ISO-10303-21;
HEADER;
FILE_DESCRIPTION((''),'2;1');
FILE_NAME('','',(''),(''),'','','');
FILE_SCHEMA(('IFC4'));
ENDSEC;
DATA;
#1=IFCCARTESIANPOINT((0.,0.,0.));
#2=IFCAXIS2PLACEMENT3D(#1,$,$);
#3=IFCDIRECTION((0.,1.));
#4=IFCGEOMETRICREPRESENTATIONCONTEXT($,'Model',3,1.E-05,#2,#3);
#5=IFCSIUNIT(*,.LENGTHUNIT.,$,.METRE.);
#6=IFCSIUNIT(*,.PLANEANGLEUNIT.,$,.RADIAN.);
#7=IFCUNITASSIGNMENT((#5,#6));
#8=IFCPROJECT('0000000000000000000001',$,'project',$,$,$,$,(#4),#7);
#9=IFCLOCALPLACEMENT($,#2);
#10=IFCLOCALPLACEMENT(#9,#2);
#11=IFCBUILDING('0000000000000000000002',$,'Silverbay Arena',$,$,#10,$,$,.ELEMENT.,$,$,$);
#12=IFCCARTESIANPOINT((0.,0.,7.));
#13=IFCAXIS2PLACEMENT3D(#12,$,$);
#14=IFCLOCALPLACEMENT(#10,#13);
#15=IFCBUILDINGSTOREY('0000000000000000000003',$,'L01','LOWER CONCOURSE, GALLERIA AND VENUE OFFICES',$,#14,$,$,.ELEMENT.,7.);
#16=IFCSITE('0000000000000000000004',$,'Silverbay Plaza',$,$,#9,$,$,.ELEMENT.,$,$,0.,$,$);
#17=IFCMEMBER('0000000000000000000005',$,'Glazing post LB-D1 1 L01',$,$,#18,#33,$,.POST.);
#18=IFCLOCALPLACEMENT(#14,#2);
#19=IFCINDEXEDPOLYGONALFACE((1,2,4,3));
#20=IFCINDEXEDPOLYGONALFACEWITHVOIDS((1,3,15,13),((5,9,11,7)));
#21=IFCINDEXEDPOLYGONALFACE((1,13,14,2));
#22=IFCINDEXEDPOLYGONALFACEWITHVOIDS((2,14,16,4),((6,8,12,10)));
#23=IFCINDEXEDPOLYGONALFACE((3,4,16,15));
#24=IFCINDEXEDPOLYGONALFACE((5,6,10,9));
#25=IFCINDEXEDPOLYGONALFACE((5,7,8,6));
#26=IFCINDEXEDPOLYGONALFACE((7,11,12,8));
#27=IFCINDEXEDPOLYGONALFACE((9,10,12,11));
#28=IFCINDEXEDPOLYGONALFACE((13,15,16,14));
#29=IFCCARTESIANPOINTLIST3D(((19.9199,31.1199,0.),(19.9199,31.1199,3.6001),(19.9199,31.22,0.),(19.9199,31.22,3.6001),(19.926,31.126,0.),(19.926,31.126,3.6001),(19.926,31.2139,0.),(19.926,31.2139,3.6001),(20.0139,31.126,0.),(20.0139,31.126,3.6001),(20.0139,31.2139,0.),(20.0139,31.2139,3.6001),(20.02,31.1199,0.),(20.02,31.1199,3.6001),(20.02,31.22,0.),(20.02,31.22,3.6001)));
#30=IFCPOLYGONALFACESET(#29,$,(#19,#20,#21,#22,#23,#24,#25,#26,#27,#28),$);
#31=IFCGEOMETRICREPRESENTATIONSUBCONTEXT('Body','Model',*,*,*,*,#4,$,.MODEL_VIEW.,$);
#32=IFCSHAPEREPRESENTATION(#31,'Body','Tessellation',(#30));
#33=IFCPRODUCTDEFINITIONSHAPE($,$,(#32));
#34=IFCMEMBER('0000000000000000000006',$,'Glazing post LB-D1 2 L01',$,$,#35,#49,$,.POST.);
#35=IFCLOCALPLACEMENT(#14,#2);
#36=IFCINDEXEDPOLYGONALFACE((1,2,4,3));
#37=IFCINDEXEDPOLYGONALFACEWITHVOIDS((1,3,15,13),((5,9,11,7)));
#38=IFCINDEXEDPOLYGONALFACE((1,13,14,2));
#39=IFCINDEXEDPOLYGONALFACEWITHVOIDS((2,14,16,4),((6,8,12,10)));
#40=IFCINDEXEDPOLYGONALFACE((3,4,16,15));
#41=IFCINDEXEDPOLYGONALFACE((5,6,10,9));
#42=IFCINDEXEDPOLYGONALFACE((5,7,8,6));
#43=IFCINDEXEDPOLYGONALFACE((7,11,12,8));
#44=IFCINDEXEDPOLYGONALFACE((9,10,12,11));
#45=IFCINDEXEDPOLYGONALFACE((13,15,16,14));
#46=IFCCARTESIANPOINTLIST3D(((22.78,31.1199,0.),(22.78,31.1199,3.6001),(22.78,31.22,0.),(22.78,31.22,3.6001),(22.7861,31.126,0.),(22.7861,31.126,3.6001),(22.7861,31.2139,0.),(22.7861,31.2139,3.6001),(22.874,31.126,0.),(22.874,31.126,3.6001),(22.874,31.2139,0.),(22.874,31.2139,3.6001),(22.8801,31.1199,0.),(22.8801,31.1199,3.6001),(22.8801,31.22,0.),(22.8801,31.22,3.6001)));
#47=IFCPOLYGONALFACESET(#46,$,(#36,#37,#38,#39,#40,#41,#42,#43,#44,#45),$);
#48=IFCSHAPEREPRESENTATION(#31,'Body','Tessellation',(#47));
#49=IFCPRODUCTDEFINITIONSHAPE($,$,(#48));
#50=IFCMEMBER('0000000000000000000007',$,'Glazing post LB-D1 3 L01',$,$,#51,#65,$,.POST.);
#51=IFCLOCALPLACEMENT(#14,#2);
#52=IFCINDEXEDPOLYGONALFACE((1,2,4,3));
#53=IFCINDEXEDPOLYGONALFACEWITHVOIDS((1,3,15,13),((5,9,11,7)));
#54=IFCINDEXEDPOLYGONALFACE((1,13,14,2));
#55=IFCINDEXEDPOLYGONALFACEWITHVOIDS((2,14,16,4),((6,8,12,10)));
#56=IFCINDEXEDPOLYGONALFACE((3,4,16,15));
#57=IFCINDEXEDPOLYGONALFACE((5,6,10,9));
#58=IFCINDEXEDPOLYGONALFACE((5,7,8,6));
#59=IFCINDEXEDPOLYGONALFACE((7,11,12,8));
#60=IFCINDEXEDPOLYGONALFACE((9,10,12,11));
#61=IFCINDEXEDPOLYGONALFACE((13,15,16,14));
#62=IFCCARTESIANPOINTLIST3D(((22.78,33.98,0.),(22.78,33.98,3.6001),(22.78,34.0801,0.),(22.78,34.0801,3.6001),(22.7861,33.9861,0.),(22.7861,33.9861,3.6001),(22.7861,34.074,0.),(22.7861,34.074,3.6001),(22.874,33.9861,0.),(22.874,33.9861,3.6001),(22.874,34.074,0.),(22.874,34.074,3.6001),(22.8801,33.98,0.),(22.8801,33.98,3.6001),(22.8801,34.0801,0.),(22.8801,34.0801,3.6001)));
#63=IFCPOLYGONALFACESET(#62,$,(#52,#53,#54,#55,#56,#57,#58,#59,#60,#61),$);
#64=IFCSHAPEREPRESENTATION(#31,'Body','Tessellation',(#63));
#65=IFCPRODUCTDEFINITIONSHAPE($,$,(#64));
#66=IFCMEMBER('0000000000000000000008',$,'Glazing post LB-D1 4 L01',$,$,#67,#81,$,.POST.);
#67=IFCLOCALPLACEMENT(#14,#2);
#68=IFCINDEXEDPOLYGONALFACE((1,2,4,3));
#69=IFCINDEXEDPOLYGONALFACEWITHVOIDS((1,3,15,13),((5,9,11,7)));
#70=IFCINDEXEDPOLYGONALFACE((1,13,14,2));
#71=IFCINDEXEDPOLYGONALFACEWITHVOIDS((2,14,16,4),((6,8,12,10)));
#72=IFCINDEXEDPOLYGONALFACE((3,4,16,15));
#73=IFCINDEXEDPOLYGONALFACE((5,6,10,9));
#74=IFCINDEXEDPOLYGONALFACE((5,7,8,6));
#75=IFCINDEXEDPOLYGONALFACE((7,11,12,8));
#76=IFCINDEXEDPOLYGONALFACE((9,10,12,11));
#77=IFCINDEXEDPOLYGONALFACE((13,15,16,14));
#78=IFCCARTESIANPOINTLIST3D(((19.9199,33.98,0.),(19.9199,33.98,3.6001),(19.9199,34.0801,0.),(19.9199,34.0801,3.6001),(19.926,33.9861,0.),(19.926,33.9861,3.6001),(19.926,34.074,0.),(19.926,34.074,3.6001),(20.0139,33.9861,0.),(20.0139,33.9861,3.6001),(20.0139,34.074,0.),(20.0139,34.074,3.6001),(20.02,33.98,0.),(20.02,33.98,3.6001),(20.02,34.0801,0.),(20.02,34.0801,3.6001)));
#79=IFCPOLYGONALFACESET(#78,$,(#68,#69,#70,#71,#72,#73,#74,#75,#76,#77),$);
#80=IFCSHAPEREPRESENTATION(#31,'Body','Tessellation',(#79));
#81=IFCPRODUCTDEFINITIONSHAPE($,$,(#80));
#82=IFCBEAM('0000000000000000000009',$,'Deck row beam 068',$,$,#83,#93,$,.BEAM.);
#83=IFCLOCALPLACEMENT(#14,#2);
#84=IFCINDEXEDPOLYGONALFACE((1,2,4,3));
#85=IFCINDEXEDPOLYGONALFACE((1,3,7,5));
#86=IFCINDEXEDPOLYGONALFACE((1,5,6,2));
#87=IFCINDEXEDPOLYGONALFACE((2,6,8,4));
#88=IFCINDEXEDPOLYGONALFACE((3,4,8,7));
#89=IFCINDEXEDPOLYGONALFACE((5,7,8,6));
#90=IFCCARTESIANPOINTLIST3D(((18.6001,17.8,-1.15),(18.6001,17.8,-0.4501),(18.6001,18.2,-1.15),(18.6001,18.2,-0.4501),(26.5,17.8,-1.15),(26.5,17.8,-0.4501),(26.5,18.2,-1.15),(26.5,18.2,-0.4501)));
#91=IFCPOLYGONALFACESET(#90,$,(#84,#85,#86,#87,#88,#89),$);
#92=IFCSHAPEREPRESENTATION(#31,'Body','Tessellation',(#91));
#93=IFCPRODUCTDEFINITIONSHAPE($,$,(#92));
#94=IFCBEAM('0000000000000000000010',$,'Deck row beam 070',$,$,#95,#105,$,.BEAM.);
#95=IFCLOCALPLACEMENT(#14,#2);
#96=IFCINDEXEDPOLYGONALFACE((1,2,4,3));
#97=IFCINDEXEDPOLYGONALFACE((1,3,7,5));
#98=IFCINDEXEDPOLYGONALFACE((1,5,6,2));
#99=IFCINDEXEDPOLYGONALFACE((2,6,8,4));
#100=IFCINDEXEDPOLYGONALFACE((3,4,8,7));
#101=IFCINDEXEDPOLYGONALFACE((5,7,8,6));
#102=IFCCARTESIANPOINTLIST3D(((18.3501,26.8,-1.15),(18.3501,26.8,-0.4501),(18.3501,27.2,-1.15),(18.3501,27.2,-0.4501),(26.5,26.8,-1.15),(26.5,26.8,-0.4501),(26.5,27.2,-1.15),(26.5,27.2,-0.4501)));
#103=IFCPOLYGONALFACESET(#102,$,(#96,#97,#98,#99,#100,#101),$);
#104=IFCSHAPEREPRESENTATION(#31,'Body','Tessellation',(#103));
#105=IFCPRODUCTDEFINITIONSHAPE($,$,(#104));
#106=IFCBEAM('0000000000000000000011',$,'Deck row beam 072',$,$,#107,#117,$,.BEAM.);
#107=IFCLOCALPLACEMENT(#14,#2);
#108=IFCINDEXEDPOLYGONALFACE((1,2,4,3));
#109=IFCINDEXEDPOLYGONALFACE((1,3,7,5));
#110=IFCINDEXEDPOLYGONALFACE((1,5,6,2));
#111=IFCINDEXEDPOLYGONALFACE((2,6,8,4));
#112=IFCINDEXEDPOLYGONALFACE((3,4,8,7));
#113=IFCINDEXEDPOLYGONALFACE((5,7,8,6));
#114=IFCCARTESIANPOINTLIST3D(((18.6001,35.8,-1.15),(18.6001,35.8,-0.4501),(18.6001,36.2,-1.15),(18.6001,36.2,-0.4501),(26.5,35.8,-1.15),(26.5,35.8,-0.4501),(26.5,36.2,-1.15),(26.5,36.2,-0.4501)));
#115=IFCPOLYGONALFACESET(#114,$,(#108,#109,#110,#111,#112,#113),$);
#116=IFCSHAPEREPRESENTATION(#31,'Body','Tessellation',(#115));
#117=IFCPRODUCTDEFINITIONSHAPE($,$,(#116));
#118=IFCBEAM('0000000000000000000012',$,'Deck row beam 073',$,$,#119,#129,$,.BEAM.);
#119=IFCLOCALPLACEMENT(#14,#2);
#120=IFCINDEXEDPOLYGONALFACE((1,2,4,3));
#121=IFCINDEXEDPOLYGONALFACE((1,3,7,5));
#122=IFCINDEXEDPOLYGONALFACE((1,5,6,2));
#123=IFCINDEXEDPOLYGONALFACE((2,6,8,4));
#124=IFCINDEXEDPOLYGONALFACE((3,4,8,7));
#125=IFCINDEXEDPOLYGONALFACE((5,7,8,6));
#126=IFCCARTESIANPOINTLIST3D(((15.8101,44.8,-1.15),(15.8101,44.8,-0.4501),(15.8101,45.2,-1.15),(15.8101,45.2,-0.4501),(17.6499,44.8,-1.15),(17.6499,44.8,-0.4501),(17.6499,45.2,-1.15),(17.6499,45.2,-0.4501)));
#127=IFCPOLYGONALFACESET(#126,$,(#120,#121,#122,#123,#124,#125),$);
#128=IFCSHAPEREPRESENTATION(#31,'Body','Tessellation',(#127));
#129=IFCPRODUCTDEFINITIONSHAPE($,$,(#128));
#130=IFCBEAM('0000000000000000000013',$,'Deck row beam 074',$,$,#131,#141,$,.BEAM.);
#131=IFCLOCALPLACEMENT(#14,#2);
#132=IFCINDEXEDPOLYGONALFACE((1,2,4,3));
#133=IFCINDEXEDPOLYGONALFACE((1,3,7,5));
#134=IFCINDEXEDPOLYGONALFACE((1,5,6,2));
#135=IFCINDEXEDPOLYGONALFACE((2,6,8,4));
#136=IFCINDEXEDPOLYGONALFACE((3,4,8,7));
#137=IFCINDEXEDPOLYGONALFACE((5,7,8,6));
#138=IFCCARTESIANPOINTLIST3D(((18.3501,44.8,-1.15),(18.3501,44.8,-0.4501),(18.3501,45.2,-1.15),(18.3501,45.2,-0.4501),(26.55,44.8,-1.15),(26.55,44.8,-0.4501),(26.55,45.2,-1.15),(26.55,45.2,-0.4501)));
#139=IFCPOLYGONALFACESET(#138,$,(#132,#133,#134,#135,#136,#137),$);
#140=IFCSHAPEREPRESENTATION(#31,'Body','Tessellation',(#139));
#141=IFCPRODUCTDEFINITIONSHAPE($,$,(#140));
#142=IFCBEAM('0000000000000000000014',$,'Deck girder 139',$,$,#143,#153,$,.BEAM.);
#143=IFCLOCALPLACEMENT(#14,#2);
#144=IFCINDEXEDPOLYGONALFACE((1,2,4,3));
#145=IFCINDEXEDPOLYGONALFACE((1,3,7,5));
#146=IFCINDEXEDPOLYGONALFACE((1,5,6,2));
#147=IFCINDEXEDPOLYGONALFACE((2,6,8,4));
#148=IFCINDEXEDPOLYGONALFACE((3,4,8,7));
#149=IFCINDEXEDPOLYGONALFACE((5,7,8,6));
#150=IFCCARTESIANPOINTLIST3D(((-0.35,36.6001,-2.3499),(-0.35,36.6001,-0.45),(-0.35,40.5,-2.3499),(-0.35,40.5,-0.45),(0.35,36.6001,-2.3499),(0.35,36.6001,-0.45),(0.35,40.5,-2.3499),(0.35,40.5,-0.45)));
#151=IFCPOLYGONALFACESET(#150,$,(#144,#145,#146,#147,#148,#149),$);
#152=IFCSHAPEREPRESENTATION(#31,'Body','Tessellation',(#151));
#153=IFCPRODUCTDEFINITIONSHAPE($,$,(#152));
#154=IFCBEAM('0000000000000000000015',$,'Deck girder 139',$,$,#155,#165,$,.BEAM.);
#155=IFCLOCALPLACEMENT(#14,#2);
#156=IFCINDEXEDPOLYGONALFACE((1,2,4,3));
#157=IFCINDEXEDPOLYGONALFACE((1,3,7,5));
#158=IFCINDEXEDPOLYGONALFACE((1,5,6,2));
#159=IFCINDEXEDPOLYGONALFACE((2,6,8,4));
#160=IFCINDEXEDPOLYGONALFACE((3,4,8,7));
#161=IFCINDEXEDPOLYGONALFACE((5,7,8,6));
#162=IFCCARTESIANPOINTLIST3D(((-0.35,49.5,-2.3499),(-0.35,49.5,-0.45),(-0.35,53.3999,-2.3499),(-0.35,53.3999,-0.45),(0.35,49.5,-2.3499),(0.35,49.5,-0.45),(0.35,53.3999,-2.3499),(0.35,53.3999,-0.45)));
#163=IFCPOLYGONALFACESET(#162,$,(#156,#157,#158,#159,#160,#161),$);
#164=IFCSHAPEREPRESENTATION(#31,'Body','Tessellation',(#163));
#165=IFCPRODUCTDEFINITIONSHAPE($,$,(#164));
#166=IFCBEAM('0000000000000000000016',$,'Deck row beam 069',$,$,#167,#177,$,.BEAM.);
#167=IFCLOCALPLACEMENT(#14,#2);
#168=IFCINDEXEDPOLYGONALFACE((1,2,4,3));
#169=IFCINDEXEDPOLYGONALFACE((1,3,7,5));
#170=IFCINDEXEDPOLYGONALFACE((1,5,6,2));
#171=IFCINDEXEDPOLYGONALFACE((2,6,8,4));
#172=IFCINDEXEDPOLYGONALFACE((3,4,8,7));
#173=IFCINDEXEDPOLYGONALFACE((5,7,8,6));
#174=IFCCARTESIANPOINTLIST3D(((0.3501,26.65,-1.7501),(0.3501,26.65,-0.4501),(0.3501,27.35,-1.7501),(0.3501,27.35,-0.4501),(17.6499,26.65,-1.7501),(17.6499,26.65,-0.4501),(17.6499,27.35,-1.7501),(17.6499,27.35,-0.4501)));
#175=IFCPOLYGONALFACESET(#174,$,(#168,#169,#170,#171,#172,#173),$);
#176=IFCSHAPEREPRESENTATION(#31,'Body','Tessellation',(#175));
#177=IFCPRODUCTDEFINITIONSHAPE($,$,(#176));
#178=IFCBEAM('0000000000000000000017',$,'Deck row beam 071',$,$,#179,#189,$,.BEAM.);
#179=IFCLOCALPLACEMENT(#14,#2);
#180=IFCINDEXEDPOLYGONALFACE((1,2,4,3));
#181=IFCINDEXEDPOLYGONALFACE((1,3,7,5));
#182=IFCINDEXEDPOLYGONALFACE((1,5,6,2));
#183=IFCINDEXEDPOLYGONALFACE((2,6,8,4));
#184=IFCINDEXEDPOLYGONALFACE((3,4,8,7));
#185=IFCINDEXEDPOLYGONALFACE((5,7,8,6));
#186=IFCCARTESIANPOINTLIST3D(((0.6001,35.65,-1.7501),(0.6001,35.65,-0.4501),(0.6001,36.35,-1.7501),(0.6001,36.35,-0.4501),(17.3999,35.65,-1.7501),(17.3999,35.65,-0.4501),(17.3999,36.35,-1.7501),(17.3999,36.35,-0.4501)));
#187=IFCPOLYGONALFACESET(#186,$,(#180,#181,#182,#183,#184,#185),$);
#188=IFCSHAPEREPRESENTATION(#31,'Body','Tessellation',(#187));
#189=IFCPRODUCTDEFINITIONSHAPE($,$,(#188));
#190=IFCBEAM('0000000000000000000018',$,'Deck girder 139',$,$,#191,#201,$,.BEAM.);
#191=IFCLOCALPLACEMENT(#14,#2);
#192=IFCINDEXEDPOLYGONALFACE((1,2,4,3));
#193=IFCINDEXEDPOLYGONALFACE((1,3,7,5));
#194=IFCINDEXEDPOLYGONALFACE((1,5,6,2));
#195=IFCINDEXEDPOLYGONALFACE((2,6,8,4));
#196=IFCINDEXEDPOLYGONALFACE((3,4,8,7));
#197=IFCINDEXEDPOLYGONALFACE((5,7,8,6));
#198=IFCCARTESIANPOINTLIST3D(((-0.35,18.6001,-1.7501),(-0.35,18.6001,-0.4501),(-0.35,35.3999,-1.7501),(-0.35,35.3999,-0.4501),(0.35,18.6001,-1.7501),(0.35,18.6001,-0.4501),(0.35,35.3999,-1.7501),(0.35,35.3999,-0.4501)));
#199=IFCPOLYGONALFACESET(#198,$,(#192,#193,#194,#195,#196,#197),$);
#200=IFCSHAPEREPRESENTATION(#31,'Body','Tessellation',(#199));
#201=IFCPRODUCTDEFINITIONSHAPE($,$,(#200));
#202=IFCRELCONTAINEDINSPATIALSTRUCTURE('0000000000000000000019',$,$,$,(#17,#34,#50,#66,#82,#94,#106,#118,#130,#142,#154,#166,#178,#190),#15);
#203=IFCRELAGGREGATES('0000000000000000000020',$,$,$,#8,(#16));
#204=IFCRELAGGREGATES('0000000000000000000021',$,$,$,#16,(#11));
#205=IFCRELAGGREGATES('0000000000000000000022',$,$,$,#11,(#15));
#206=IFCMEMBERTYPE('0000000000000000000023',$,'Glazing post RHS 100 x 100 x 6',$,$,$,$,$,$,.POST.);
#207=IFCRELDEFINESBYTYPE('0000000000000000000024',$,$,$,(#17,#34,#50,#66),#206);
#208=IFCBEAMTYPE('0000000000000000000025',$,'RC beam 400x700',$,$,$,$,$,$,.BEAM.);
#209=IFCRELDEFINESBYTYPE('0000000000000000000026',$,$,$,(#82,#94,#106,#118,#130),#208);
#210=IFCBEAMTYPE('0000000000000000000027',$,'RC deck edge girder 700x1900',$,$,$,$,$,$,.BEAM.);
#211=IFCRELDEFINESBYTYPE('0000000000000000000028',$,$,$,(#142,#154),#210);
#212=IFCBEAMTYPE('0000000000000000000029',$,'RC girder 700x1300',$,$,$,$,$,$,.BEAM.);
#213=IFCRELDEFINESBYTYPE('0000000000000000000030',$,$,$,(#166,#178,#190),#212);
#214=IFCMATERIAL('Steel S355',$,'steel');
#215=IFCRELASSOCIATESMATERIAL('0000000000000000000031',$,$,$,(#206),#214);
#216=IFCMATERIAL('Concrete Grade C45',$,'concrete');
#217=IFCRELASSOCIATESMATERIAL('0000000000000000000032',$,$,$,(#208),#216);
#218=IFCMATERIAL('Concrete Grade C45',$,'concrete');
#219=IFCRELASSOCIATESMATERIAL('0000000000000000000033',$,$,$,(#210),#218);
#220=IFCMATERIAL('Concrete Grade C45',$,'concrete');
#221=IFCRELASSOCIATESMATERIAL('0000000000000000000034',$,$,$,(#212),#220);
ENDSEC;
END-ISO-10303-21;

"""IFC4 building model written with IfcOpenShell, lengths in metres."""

from ifc_helpers import new_model, si_unit, direction, frame, origin, origin_2d, place, context, subcontext, project, spatial, rectangle, hollow_rectangle, extrude, material, material_profile, profile_set, type_object, element, save


model = new_model("IFC4")

# Units and contexts
model_context = context("Model", 3, precision=1e-05, world=origin(), true_north=direction((0.0, 1.0)))
body_context = subcontext(model_context, "Body", "Model", "MODEL_VIEW")
ifc_project = project(units=[si_unit("LENGTHUNIT", "METRE"), si_unit("PLANEANGLEUNIT", "RADIAN")], contexts=[model_context])

# Site, building, storey
site_placement = place(None, origin())
site = spatial("IfcSite", under=ifc_project, at=site_placement, Name="Silverbay Plaza", CompositionType="ELEMENT", RefElevation=0.0)
building_placement = place(site_placement, origin())
building = spatial("IfcBuilding", under=site, at=building_placement, Name="Silverbay Arena", CompositionType="ELEMENT")
storey_placement = place(building_placement, frame((0.0, 0.0, 7.0)))
storey = spatial("IfcBuildingStorey", under=building, at=storey_placement, Name="L01", Description="LOWER CONCOURSE, GALLERIA AND VENUE OFFICES", CompositionType="ELEMENT", Elevation=7.0)

# Members
ifc_material_1 = material(Name="Steel S355", Category="steel")
ifc_material_profile_1 = material_profile(ifc_material_1, hollow_rectangle(XDim=0.1001, YDim=0.1001, WallThickness=0.0061, at=origin_2d()), Name="RHS 100x100x6")
ifc_profile_set_1 = profile_set([ifc_material_profile_1], Name="Steel S355")
member_type = type_object("IfcMemberType", Name="Glazing post RHS 100 x 100 x 6", PredefinedType="POST", material=ifc_profile_set_1)
for number, where, z_axis, x_axis, name in (
    (1, (19.97, 31.1699, 0.0), (0.0, 0.0, 1.0), (1.0, 0.0, 0.0), "Glazing post LB-D1 1 L01"),
    (2, (22.8301, 31.1699, 0.0), (0.0, 0.0, 1.0), (1.0, 0.0, 0.0), "Glazing post LB-D1 2 L01"),
    (3, (22.8301, 34.03, 0.0), (0.0, 0.0, 1.0), (1.0, 0.0, 0.0), "Glazing post LB-D1 3 L01"),
    (4, (19.97, 34.03, 0.0), (0.0, 0.0, 1.0), (1.0, 0.0, 0.0), "Glazing post LB-D1 4 L01"),
):
    element("IfcMember", number, at=place(storey_placement, frame(where, z_axis=z_axis, x_axis=x_axis)), inside=storey, type_object=member_type, Name=name, PredefinedType="POST", context=body_context, shape_type="SweptSolid", body=[
        extrude(hollow_rectangle(XDim=0.1001, YDim=0.1001, WallThickness=0.0061, at=origin_2d()), origin(), (0.0, 0.0, 1.0), 3.6001),
    ])

# Beams
ifc_material_2 = material(Name="Concrete Grade C45", Category="concrete")
ifc_material_profile_2 = material_profile(ifc_material_2, rectangle(XDim=0.3999, YDim=0.7, at=origin_2d()), Name="RC 400x700")
ifc_profile_set_2 = profile_set([ifc_material_profile_2], Name="Concrete Grade C45")
beam_type_1 = type_object("IfcBeamType", Name="RC beam 400x700", PredefinedType="BEAM", material=ifc_profile_set_2)
beam_1_placement = place(storey_placement, frame((18.6001, 18.0, -0.8), z_axis=(1.0, 0.0, 0.0), x_axis=(0.0, 1.0, 0.0)))
element("IfcBeam", 5, at=beam_1_placement, inside=storey, type_object=beam_type_1, Name="Deck row beam 068", PredefinedType="BEAM", context=body_context, shape_type="SweptSolid", body=[
    extrude(rectangle(XDim=0.3999, YDim=0.7, at=origin_2d()), origin(), (0.0, 0.0, 1.0), 7.8999),
])
beam_2_placement = place(storey_placement, frame((18.3501, 27.0, -0.8), z_axis=(1.0, 0.0, 0.0), x_axis=(0.0, 1.0, 0.0)))
element("IfcBeam", 6, at=beam_2_placement, inside=storey, type_object=beam_type_1, Name="Deck row beam 070", PredefinedType="BEAM", context=body_context, shape_type="SweptSolid", body=[
    extrude(rectangle(XDim=0.3999, YDim=0.7, at=origin_2d()), origin(), (0.0, 0.0, 1.0), 8.1499),
])
beam_3_placement = place(storey_placement, frame((18.6001, 36.0, -0.8), z_axis=(1.0, 0.0, 0.0), x_axis=(0.0, 1.0, 0.0)))
element("IfcBeam", 7, at=beam_3_placement, inside=storey, type_object=beam_type_1, Name="Deck row beam 072", PredefinedType="BEAM", context=body_context, shape_type="SweptSolid", body=[
    extrude(rectangle(XDim=0.3999, YDim=0.7, at=origin_2d()), origin(), (0.0, 0.0, 1.0), 7.8999),
])
beam_4_placement = place(storey_placement, frame((15.8101, 45.0, -0.8), z_axis=(1.0, 0.0, 0.0), x_axis=(0.0, 1.0, 0.0)))
element("IfcBeam", 8, at=beam_4_placement, inside=storey, type_object=beam_type_1, Name="Deck row beam 073", PredefinedType="BEAM", context=body_context, shape_type="SweptSolid", body=[
    extrude(rectangle(XDim=0.3999, YDim=0.7, at=origin_2d()), origin(), (0.0, 0.0, 1.0), 1.8398),
])
beam_5_placement = place(storey_placement, frame((18.3501, 45.0, -0.8), z_axis=(1.0, 0.0, 0.0), x_axis=(0.0, 1.0, 0.0)))
element("IfcBeam", 9, at=beam_5_placement, inside=storey, type_object=beam_type_1, Name="Deck row beam 074", PredefinedType="BEAM", context=body_context, shape_type="SweptSolid", body=[
    extrude(rectangle(XDim=0.3999, YDim=0.7, at=origin_2d()), origin(), (0.0, 0.0, 1.0), 8.2),
])
ifc_material_3 = material(Name="Concrete Grade C45", Category="concrete")
ifc_material_profile_3 = material_profile(ifc_material_3, rectangle(XDim=0.7, YDim=1.8999, at=origin_2d()), Name="RC 700x1900")
ifc_profile_set_3 = profile_set([ifc_material_profile_3], Name="Concrete Grade C45")
beam_type_2 = type_object("IfcBeamType", Name="RC deck edge girder 700x1900", PredefinedType="BEAM", material=ifc_profile_set_3)
for number, where, z_axis, x_axis, name in (
    (10, (0.0, 36.6001, -1.3999), (0.0, 1.0, 0.0), (-1.0, 0.0, 0.0), "Deck girder 139"),
    (11, (0.0, 49.5, -1.3999), (0.0, 1.0, 0.0), (-1.0, 0.0, 0.0), "Deck girder 139"),
):
    element("IfcBeam", number, at=place(storey_placement, frame(where, z_axis=z_axis, x_axis=x_axis)), inside=storey, type_object=beam_type_2, Name=name, PredefinedType="BEAM", context=body_context, shape_type="SweptSolid", body=[
        extrude(rectangle(XDim=0.7, YDim=1.8999, at=origin_2d()), origin(), (0.0, 0.0, 1.0), 3.8999),
    ])
ifc_material_4 = material(Name="Concrete Grade C45", Category="concrete")
ifc_material_profile_4 = material_profile(ifc_material_4, rectangle(XDim=0.7, YDim=1.3, at=origin_2d()), Name="RC 700x1300")
ifc_profile_set_4 = profile_set([ifc_material_profile_4], Name="Concrete Grade C45")
beam_type_3 = type_object("IfcBeamType", Name="RC girder 700x1300", PredefinedType="BEAM", material=ifc_profile_set_4)
beam_6_placement = place(storey_placement, frame((0.3501, 27.0, -1.1001), z_axis=(1.0, 0.0, 0.0), x_axis=(0.0, 1.0, 0.0)))
element("IfcBeam", 12, at=beam_6_placement, inside=storey, type_object=beam_type_3, Name="Deck row beam 069", PredefinedType="BEAM", context=body_context, shape_type="SweptSolid", body=[
    extrude(rectangle(XDim=0.7, YDim=1.3, at=origin_2d()), origin(), (0.0, 0.0, 1.0), 17.2998),
])
for number, where, z_axis, x_axis, name in (
    (13, (0.6001, 36.0, -1.1001), (1.0, 0.0, 0.0), (0.0, 1.0, 0.0), "Deck row beam 071"),
    (14, (0.0, 18.6001, -1.1001), (0.0, 1.0, 0.0), (-1.0, 0.0, 0.0), "Deck girder 139"),
):
    element("IfcBeam", number, at=place(storey_placement, frame(where, z_axis=z_axis, x_axis=x_axis)), inside=storey, type_object=beam_type_3, Name=name, PredefinedType="BEAM", context=body_context, shape_type="SweptSolid", body=[
        extrude(rectangle(XDim=0.7, YDim=1.3, at=origin_2d()), origin(), (0.0, 0.0, 1.0), 16.7998),
    ])

save(model, "model.ifc")
